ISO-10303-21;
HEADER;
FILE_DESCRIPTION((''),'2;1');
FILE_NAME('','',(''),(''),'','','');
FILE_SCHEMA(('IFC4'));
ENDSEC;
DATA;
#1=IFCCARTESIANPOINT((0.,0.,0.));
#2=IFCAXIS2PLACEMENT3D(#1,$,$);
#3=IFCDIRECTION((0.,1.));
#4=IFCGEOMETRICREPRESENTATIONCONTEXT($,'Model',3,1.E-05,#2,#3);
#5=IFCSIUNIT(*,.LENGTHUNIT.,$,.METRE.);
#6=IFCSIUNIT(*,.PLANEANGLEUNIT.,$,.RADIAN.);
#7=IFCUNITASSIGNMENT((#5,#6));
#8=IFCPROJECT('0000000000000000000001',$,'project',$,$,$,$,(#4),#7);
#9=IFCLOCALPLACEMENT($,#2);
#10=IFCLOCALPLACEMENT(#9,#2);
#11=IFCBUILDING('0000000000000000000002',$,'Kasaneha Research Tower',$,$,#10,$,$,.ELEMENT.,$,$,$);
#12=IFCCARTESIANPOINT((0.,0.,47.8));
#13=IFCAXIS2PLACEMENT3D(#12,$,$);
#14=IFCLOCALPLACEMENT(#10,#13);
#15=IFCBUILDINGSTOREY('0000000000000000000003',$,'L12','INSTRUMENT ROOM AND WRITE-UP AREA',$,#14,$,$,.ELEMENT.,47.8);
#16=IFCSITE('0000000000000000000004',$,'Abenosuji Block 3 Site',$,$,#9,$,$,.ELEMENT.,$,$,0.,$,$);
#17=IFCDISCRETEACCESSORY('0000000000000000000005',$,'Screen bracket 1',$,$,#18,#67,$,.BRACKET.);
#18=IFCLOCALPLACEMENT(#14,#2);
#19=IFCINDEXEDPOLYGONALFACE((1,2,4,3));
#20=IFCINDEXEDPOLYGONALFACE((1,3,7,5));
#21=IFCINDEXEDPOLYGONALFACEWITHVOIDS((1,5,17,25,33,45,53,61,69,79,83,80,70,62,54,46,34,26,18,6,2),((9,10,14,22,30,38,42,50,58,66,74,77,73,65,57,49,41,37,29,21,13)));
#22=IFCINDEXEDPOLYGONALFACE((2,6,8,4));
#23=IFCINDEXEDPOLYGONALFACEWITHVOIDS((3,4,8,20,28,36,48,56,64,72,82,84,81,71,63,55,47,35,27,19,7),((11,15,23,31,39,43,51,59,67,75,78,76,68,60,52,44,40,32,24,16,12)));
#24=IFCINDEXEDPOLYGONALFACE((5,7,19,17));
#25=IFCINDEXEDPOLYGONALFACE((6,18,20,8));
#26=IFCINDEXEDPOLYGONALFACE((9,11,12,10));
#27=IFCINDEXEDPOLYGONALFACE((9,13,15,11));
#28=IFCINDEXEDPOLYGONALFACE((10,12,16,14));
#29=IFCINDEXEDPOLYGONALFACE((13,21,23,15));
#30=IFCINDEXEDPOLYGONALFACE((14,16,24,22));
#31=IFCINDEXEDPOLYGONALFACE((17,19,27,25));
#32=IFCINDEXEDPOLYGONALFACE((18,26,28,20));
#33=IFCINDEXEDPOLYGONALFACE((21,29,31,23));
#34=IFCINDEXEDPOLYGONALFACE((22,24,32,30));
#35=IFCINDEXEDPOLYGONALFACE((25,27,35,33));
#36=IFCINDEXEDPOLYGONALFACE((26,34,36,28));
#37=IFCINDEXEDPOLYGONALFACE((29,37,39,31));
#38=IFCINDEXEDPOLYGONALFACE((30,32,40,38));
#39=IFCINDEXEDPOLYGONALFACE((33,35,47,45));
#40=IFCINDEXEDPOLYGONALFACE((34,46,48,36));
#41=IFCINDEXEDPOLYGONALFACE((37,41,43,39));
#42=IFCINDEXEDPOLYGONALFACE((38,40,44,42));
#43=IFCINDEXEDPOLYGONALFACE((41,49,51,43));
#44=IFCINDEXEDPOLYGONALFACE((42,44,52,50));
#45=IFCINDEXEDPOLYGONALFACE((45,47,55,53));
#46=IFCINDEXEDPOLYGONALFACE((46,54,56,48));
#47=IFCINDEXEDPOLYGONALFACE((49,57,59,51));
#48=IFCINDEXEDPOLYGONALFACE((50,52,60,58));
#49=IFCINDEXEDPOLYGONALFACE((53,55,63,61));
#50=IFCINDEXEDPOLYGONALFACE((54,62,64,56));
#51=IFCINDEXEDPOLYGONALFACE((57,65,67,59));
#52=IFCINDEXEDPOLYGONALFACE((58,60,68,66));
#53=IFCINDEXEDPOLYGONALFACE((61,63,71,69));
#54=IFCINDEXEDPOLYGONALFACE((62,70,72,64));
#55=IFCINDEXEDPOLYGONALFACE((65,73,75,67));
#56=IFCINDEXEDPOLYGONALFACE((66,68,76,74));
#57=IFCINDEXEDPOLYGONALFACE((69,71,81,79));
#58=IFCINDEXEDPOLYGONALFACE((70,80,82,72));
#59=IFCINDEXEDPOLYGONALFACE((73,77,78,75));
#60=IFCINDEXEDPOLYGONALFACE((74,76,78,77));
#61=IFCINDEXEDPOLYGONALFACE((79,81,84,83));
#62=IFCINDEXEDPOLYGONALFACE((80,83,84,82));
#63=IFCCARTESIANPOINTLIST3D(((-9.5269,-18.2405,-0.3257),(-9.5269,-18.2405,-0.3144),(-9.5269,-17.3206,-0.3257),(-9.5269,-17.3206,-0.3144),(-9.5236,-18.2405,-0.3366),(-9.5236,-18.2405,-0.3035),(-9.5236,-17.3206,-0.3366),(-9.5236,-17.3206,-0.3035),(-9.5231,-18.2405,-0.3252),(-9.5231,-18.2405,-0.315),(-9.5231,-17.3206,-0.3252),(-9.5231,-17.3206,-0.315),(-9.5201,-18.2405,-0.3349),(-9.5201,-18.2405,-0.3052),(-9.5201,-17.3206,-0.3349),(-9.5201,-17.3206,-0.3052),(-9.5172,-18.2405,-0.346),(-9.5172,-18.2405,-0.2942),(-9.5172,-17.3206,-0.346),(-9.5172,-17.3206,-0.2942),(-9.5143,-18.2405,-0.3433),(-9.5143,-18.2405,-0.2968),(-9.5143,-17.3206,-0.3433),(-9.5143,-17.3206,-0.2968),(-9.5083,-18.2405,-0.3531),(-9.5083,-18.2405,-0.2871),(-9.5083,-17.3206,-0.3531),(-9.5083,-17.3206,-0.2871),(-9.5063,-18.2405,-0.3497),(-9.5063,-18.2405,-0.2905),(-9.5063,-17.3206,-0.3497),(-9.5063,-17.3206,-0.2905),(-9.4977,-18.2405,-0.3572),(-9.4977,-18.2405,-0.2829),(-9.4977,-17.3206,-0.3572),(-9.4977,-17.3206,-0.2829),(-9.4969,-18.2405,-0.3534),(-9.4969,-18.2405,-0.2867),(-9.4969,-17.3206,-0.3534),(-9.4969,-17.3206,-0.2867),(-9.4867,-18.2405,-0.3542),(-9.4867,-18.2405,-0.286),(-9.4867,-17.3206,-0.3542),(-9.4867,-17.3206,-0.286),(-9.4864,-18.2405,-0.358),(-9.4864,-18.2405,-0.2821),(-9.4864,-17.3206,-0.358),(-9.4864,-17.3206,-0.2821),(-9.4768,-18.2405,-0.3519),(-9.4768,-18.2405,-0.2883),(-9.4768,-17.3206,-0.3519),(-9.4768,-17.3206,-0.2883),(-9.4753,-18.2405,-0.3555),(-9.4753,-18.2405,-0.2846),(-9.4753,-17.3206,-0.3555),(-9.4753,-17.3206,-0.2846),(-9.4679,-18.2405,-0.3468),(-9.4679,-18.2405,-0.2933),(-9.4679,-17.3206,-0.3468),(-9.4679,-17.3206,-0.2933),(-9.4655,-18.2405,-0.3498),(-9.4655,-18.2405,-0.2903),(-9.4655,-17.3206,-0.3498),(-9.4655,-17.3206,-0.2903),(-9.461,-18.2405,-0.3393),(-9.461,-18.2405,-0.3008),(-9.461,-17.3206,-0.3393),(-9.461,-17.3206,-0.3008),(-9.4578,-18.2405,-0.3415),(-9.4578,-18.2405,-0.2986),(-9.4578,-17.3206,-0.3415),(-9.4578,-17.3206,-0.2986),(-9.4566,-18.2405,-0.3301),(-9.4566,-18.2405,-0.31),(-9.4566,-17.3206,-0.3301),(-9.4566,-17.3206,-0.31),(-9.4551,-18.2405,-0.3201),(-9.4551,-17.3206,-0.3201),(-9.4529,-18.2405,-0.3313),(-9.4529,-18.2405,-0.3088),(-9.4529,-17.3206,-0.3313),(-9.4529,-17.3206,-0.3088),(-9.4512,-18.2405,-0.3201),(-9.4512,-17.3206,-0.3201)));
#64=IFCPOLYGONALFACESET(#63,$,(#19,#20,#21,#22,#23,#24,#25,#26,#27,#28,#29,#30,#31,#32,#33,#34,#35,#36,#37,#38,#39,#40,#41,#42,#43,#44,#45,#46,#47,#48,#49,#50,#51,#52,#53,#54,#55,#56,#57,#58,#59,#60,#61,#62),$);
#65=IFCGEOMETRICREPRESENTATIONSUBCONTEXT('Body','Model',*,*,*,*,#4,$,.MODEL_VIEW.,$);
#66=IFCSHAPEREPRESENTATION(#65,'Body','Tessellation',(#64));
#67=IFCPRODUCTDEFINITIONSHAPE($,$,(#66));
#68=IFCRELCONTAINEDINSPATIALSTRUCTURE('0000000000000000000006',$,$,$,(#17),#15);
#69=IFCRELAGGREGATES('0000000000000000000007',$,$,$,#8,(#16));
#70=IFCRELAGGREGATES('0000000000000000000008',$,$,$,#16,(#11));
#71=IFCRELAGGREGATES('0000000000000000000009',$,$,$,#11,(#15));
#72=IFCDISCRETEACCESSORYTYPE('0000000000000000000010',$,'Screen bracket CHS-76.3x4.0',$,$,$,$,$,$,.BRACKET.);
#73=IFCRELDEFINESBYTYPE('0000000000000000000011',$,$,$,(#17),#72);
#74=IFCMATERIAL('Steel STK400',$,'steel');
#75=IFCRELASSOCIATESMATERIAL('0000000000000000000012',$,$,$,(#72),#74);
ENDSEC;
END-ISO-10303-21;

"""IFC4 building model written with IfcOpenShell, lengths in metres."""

from ifc_helpers import new_model, si_unit, direction, frame, origin, origin_2d, place, context, subcontext, project, spatial, hollow_circle, extrude, material, material_profile, profile_set, type_object, element, save


model = new_model("IFC4")

# Units and contexts
model_context = context("Model", 3, precision=1e-05, world=origin(), true_north=direction((0.0, 1.0)))
body_context = subcontext(model_context, "Body", "Model", "MODEL_VIEW")
ifc_project = project(units=[si_unit("LENGTHUNIT", "METRE"), si_unit("PLANEANGLEUNIT", "RADIAN")], contexts=[model_context])

# Site, building, storey
site_placement = place(None, origin())
site = spatial("IfcSite", under=ifc_project, at=site_placement, Name="Abenosuji Block 3 Site", CompositionType="ELEMENT", RefElevation=0.0)
building_placement = place(site_placement, origin())
building = spatial("IfcBuilding", under=site, at=building_placement, Name="Kasaneha Research Tower", CompositionType="ELEMENT")
storey_placement = place(building_placement, frame((0.0, 0.0, 47.8)))
storey = spatial("IfcBuildingStorey", under=building, at=storey_placement, Name="L12", Description="INSTRUMENT ROOM AND WRITE-UP AREA", CompositionType="ELEMENT", Elevation=47.8)

# Discrete accessory
ifc_material_1 = material(Name="Steel STK400", Category="steel")
ifc_material_profile_1 = material_profile(ifc_material_1, hollow_circle(Radius=0.0381, WallThickness=0.0039, at=origin_2d()), Name="CHS-76.3x4.0")
ifc_profile_set_1 = profile_set([ifc_material_profile_1], Name="Steel STK400")
discrete_accessory_type = type_object("IfcDiscreteAccessoryType", Name="Screen bracket CHS-76.3x4.0", PredefinedType="BRACKET", material=ifc_profile_set_1)
discrete_accessory_placement = place(storey_placement, frame((-9.4893, -17.3206, -0.3201), z_axis=(0.0, -1.0, 0.0), x_axis=(1.0, 0.0, 0.0)))
element("IfcDiscreteAccessory", 1, at=discrete_accessory_placement, inside=storey, type_object=discrete_accessory_type, Name="Screen bracket 1", PredefinedType="BRACKET", context=body_context, shape_type="SweptSolid", body=[
    extrude(hollow_circle(Radius=0.0381, WallThickness=0.0039, at=origin_2d()), origin(), (0.0, 0.0, 1.0), 0.9199),
])

save(model, "model.ifc")
